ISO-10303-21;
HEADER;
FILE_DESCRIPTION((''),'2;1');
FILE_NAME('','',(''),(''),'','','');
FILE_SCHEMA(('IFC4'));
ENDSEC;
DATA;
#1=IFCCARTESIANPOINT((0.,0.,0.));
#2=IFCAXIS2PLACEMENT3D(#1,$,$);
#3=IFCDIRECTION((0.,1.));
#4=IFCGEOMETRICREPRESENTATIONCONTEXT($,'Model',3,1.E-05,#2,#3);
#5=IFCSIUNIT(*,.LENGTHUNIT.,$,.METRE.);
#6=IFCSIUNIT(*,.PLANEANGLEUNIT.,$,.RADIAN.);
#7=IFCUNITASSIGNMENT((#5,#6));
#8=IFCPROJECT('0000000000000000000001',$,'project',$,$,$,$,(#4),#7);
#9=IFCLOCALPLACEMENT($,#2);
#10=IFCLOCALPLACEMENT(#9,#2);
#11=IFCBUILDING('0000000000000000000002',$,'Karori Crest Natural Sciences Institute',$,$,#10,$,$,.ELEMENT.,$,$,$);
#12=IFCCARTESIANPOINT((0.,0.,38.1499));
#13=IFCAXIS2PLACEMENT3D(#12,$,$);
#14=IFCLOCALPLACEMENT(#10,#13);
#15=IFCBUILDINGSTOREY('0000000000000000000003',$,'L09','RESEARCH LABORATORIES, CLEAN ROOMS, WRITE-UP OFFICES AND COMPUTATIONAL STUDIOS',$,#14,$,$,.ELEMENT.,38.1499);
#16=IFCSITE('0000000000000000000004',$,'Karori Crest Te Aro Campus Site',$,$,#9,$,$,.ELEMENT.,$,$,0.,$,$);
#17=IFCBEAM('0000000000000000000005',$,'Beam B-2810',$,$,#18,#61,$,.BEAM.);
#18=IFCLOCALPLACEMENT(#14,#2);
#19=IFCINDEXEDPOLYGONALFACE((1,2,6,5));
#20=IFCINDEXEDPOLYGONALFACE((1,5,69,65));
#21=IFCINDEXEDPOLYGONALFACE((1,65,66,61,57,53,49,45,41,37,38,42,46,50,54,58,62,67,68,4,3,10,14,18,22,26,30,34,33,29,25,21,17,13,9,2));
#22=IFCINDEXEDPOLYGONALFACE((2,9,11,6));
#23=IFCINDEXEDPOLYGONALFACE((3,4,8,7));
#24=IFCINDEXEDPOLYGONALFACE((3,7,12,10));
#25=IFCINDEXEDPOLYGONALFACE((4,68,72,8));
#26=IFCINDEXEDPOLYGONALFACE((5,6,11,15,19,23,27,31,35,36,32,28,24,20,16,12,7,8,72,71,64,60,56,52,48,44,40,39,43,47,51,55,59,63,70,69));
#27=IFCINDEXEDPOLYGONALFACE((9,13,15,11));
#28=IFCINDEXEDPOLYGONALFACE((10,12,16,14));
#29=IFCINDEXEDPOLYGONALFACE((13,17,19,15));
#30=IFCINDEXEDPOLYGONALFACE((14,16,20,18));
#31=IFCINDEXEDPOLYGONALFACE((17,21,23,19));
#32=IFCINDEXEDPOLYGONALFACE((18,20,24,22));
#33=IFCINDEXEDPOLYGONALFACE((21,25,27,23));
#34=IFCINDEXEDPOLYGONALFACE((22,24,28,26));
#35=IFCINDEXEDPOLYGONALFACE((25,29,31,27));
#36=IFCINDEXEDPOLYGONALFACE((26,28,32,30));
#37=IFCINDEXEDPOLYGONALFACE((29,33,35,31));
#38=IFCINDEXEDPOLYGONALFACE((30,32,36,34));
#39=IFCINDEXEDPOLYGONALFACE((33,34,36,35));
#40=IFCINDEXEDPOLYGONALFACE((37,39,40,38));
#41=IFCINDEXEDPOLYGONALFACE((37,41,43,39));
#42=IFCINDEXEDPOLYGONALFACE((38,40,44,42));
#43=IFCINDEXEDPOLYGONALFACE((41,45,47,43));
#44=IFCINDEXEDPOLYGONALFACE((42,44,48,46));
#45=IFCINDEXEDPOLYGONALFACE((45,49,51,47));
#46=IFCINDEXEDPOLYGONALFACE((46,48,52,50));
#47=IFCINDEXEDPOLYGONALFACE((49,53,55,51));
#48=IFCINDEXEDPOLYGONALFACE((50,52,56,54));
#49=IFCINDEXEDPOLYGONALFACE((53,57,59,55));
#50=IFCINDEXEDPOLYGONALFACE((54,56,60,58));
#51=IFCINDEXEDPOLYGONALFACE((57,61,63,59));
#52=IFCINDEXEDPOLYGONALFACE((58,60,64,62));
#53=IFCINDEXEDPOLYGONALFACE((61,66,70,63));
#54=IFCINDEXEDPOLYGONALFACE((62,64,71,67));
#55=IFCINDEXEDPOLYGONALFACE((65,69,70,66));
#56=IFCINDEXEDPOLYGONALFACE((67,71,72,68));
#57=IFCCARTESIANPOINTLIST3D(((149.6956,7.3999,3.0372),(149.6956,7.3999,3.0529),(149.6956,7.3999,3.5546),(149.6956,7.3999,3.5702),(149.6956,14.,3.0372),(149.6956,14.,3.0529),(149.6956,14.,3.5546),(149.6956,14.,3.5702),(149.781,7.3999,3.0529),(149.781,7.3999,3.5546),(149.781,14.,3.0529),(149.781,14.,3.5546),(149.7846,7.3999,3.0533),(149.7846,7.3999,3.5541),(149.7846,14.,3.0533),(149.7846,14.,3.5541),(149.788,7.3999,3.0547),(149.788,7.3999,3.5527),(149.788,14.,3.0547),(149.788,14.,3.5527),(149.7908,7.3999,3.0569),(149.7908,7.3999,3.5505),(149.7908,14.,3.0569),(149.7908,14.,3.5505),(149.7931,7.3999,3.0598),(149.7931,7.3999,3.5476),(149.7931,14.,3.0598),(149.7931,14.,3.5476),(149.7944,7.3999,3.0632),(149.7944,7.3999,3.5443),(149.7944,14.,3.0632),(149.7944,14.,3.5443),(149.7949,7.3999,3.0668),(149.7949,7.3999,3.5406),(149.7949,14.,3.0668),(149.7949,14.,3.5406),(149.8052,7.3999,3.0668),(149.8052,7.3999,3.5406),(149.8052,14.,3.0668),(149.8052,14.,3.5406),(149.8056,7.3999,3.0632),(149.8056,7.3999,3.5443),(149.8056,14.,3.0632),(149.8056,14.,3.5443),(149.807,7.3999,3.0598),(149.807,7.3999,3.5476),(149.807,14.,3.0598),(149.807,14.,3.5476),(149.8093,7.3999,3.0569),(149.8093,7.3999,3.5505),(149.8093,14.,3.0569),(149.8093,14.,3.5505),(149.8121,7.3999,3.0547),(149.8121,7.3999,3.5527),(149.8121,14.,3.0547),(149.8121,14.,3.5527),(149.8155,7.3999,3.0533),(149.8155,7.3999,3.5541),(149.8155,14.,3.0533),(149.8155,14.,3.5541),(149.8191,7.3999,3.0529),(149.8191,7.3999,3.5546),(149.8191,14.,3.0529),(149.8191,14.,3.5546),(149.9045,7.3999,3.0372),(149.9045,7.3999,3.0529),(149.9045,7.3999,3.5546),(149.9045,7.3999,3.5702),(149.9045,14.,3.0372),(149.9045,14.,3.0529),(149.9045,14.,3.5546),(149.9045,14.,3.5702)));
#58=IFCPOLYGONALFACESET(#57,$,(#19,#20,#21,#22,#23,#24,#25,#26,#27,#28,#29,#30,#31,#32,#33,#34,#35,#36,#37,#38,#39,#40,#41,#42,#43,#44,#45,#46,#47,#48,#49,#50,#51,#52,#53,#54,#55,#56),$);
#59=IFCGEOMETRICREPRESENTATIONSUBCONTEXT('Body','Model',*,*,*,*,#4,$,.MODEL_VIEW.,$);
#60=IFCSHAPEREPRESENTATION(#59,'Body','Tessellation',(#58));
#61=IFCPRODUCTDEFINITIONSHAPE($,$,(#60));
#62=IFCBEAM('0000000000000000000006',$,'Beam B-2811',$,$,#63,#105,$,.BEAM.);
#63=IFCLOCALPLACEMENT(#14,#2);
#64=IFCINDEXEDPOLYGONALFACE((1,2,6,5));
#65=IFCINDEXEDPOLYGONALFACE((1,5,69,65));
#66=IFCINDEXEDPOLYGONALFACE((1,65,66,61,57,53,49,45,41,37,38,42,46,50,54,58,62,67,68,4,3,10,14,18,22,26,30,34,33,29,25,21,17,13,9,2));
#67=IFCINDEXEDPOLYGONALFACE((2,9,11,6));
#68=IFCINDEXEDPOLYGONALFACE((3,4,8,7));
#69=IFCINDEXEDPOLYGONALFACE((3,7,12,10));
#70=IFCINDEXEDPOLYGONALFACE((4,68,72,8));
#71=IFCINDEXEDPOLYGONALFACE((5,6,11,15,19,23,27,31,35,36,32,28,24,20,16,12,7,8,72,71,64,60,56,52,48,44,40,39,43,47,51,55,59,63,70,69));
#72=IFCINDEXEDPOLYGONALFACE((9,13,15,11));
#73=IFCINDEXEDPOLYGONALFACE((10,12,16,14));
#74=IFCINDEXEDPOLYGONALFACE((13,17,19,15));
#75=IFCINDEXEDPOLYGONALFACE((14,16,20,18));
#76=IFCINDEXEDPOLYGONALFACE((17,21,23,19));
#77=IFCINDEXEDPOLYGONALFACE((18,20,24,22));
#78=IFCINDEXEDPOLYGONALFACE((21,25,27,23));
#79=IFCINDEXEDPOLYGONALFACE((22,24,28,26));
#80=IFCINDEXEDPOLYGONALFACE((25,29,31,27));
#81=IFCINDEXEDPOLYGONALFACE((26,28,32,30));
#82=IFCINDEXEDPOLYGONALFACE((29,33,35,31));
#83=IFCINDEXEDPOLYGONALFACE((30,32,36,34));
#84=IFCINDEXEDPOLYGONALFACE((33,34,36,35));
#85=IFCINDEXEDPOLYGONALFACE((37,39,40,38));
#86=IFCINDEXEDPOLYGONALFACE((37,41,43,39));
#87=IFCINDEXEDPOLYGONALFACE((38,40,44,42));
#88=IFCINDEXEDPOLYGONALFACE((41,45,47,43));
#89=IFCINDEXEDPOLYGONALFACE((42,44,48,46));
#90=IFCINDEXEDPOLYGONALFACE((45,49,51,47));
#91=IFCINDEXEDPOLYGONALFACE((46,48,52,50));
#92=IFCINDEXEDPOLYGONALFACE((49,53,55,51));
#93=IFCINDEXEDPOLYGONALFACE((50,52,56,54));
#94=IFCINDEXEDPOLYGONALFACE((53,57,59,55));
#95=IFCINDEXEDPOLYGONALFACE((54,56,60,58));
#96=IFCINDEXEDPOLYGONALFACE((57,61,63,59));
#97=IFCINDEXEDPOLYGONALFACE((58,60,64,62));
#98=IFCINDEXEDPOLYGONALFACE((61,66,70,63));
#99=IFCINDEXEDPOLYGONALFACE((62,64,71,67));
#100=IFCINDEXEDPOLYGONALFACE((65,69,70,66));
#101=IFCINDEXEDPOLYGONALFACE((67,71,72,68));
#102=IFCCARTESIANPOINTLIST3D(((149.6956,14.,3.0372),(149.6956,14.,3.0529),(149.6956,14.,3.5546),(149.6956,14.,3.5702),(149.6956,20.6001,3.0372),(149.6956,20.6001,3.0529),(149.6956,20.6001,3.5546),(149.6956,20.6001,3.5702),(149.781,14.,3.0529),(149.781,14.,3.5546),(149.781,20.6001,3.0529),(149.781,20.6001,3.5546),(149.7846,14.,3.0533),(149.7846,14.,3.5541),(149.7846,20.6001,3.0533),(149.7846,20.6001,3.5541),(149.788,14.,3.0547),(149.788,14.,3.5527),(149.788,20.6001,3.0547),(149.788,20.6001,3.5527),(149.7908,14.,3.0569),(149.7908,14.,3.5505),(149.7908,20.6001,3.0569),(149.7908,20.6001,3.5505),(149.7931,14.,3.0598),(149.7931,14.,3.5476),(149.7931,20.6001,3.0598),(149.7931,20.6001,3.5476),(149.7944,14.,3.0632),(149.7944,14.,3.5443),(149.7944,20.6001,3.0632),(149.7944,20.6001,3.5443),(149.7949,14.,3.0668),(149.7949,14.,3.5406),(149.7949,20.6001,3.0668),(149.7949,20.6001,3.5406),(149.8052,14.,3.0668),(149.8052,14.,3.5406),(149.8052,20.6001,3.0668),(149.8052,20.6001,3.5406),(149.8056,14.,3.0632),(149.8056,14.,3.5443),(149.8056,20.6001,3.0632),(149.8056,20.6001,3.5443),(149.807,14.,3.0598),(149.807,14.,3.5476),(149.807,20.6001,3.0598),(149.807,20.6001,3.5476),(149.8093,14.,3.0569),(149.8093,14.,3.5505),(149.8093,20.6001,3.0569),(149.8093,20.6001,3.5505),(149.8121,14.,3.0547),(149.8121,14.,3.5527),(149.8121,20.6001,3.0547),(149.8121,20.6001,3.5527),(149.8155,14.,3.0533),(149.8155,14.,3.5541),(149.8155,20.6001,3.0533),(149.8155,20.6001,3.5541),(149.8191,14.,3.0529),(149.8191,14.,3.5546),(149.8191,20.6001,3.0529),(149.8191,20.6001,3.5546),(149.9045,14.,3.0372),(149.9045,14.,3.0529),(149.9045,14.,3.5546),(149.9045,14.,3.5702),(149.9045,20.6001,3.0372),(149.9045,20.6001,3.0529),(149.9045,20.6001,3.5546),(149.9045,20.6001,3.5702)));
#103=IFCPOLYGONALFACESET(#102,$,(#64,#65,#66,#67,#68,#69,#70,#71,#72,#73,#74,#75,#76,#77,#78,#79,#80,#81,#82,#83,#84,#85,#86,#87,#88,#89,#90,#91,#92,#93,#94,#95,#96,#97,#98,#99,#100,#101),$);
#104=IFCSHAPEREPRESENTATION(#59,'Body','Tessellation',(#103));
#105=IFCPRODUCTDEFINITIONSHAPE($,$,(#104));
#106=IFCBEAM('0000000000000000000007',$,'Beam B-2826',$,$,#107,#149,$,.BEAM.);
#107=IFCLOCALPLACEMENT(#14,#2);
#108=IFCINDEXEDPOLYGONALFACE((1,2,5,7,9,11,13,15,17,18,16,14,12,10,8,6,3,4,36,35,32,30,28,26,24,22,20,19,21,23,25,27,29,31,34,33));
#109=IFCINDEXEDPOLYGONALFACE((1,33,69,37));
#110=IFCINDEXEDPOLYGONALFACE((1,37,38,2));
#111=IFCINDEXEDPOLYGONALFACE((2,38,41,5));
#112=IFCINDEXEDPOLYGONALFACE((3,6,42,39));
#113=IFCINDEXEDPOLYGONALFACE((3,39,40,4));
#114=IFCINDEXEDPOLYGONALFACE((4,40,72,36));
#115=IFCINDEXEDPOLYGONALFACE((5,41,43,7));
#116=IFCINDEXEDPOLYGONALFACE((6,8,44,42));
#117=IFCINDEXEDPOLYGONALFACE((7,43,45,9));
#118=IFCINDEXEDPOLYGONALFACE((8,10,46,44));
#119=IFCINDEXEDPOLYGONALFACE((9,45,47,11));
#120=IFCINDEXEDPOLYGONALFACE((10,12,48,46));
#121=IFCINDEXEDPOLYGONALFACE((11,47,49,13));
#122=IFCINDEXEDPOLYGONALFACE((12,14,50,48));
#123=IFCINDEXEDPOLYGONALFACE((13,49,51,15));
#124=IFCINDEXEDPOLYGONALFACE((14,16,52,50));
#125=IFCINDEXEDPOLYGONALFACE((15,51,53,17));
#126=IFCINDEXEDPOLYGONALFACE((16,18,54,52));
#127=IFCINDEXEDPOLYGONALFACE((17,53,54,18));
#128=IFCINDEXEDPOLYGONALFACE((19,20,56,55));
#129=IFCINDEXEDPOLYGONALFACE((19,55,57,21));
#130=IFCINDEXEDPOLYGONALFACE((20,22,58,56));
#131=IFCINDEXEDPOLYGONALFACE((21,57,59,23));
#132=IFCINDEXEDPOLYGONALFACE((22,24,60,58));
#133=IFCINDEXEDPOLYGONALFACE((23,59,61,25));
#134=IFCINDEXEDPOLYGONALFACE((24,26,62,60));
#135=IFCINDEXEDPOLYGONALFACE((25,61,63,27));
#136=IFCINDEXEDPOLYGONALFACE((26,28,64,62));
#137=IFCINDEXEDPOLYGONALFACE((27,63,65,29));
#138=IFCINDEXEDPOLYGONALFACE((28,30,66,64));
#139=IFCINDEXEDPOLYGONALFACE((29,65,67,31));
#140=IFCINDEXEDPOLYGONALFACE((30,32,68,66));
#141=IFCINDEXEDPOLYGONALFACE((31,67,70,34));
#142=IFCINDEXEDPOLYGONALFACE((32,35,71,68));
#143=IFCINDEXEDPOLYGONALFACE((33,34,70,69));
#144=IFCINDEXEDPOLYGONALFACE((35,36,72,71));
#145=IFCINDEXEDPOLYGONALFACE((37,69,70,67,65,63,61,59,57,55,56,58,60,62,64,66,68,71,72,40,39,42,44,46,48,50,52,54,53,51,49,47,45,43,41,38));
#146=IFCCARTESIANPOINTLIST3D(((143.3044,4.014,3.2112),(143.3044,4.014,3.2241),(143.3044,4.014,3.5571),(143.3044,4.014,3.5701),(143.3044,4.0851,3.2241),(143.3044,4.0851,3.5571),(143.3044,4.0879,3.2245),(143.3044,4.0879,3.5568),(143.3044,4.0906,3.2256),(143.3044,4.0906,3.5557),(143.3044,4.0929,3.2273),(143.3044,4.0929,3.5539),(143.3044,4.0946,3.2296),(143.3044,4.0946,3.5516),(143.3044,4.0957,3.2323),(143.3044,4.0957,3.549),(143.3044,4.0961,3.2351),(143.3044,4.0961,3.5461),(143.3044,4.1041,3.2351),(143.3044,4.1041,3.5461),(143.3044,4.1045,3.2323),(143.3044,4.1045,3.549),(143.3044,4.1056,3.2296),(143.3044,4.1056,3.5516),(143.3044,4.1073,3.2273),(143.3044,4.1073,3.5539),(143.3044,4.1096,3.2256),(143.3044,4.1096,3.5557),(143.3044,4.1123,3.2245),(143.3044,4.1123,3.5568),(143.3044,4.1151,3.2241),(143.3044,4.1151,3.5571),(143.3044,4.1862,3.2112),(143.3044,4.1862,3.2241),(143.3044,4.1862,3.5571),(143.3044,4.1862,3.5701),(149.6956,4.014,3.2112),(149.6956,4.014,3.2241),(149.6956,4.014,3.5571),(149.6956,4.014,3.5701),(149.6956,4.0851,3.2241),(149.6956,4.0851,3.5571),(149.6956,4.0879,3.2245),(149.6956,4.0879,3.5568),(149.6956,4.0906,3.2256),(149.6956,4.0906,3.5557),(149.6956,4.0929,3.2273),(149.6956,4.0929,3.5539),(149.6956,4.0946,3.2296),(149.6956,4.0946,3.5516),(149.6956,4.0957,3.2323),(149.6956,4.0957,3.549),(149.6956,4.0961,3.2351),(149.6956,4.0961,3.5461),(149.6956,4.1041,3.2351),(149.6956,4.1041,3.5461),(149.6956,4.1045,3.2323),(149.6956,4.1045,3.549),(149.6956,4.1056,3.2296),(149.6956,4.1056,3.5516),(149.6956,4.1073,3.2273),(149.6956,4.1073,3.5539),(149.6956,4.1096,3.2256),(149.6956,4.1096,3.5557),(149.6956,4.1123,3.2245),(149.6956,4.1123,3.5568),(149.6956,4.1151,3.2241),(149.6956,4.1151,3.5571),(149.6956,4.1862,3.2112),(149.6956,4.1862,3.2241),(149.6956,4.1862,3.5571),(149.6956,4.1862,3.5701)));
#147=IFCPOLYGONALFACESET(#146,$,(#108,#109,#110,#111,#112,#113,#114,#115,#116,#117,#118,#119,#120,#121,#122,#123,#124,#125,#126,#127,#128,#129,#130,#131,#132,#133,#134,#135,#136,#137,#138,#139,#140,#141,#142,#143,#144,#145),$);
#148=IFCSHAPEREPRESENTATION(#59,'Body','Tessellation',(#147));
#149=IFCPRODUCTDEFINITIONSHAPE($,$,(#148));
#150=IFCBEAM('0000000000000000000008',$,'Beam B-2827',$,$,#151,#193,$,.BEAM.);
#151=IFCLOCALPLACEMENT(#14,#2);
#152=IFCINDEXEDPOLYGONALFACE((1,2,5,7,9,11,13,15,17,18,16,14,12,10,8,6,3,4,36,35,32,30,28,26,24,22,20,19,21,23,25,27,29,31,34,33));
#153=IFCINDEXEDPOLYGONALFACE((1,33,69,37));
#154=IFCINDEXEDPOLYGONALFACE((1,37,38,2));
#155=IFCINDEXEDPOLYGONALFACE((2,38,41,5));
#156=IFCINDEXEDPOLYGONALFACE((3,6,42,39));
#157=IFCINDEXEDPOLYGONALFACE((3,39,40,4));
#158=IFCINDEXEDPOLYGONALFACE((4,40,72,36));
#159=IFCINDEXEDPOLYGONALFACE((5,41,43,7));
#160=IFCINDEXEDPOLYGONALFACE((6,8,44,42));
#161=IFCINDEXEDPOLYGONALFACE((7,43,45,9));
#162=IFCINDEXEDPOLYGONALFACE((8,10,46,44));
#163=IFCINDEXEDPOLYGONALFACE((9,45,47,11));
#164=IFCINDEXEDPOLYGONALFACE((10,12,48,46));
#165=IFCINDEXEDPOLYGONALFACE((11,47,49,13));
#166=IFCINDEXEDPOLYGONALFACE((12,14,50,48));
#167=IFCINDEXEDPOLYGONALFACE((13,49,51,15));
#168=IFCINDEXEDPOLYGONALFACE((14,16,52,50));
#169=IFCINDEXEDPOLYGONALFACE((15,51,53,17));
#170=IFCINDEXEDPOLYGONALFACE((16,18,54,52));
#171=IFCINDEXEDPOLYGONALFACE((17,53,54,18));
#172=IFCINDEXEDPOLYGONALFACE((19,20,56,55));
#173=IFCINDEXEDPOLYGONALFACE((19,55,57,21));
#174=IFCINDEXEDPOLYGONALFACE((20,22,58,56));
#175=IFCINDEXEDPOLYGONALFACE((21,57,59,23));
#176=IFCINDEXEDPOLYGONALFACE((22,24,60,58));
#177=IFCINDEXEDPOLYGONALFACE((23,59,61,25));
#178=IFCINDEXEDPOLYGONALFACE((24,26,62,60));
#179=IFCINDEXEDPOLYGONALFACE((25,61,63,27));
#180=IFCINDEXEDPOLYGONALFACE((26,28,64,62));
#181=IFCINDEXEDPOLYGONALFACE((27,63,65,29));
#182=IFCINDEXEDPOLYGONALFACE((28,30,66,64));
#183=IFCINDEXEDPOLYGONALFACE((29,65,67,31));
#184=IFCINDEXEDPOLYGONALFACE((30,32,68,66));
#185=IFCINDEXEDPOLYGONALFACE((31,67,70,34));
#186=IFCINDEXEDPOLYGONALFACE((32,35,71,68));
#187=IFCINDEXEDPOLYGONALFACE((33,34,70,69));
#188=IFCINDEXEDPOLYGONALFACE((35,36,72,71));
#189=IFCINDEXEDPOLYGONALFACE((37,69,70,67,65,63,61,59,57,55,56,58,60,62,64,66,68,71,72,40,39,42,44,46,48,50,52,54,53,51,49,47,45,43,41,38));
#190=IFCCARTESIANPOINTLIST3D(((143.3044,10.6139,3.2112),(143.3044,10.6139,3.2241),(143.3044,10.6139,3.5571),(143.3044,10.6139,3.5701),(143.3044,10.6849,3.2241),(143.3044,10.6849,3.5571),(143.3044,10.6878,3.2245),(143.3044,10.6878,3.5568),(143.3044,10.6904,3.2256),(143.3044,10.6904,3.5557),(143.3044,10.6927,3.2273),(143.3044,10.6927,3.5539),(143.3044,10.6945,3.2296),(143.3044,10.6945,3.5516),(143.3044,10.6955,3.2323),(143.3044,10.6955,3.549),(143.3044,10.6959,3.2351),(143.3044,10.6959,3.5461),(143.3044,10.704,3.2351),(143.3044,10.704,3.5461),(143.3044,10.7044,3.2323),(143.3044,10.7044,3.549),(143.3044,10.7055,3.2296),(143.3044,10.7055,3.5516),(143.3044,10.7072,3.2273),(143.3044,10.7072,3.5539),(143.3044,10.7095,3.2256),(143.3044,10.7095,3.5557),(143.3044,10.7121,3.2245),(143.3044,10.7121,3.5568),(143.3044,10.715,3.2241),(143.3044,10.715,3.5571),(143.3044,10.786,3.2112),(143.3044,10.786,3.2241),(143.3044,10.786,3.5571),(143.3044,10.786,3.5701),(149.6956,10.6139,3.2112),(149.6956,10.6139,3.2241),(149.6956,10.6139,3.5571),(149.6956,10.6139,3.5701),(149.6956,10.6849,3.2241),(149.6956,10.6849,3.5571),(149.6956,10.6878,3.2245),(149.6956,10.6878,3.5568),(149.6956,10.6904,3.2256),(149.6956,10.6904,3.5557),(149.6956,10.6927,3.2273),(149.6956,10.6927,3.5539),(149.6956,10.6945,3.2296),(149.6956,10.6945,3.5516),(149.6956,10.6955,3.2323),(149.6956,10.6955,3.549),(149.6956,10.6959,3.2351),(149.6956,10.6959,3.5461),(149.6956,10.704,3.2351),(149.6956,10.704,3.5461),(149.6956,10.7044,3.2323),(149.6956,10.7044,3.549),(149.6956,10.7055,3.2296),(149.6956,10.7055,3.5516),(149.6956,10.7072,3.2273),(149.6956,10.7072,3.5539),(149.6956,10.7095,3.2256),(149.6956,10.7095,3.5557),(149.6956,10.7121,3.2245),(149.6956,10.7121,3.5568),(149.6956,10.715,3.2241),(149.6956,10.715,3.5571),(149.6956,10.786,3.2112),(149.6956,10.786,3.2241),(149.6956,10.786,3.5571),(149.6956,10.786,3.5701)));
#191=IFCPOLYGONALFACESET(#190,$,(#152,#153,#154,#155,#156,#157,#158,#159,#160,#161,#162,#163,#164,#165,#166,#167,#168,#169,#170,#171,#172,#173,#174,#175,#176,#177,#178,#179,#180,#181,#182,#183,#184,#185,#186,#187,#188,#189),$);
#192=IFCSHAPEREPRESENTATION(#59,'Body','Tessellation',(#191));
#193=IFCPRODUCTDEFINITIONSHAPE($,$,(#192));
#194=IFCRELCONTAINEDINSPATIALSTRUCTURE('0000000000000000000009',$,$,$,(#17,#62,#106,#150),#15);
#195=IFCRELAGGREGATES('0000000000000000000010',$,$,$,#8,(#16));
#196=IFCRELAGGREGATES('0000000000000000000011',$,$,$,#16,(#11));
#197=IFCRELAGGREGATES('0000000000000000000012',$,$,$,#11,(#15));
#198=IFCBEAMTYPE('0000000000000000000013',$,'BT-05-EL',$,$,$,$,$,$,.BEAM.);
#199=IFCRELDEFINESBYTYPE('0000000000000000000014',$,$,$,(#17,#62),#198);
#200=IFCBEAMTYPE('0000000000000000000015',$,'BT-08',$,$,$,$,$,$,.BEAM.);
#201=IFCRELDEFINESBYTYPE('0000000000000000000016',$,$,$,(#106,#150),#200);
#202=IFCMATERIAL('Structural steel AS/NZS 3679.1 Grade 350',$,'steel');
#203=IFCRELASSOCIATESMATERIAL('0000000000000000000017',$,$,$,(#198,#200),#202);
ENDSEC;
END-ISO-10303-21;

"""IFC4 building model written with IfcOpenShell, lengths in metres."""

from ifc_helpers import new_model, si_unit, direction, frame, origin, origin_2d, place, context, subcontext, project, spatial, i_section, extrude, material, material_profile, profile_set, type_object, element, save


model = new_model("IFC4")

# Units and contexts
model_context = context("Model", 3, precision=1e-05, world=origin(), true_north=direction((0.0, 1.0)))
body_context = subcontext(model_context, "Body", "Model", "MODEL_VIEW")
ifc_project = project(units=[si_unit("LENGTHUNIT", "METRE"), si_unit("PLANEANGLEUNIT", "RADIAN")], contexts=[model_context])

# Site, building, storey
site_placement = place(None, origin())
site = spatial("IfcSite", under=ifc_project, at=site_placement, Name="Karori Crest Te Aro Campus Site", CompositionType="ELEMENT", RefElevation=0.0)
building_placement = place(site_placement, origin())
building = spatial("IfcBuilding", under=site, at=building_placement, Name="Karori Crest Natural Sciences Institute", CompositionType="ELEMENT")
storey_placement = place(building_placement, frame((0.0, 0.0, 38.1499)))
storey = spatial("IfcBuildingStorey", under=building, at=storey_placement, Name="L09", Description="RESEARCH LABORATORIES, CLEAN ROOMS, WRITE-UP OFFICES AND COMPUTATIONAL STUDIOS", CompositionType="ELEMENT", Elevation=38.1499)

# Shared definitions
ifc_material_1 = material(Name="Structural steel AS/NZS 3679.1 Grade 350", Category="steel")

# Beams
ifc_material_profile_1 = material_profile(ifc_material_1, i_section(OverallWidth=0.209, OverallDepth=0.533, WebThickness=0.0103, FlangeThickness=0.0156, FilletRadius=0.0139, at=origin_2d()), Name="530UB92.4")
ifc_profile_set_1 = profile_set([ifc_material_profile_1], Name="Structural steel AS/NZS 3679.1 Grade 350")
beam_type_1 = type_object("IfcBeamType", Name="BT-05-EL", PredefinedType="BEAM", material=ifc_profile_set_1)
for number, where, z_axis, x_axis, name in (
    (1, (149.8, 7.3999, 3.3037), (0.0, 1.0, 0.0), (-1.0, 0.0, 0.0), "Beam B-2810"),
    (2, (149.8, 14.0, 3.3037), (0.0, 1.0, 0.0), (-1.0, 0.0, 0.0), "Beam B-2811"),
):
    element("IfcBeam", number, at=place(storey_placement, frame(where, z_axis=z_axis, x_axis=x_axis)), inside=storey, type_object=beam_type_1, Name=name, PredefinedType="BEAM", context=body_context, shape_type="SweptSolid", body=[
        extrude(i_section(OverallWidth=0.209, OverallDepth=0.533, WebThickness=0.0103, FlangeThickness=0.0156, FilletRadius=0.0139, at=origin_2d()), origin(), (0.0, 0.0, 1.0), 6.6001),
    ])
ifc_material_profile_2 = material_profile(ifc_material_1, i_section(OverallWidth=0.1721, OverallDepth=0.3589, WebThickness=0.0081, FlangeThickness=0.0129, FilletRadius=0.011, at=origin_2d()), Name="360UB56.7")
ifc_profile_set_2 = profile_set([ifc_material_profile_2], Name="Structural steel AS/NZS 3679.1 Grade 350")
beam_type_2 = type_object("IfcBeamType", Name="BT-08", PredefinedType="BEAM", material=ifc_profile_set_2)
for number, where, z_axis, x_axis, name in (
    (3, (143.3044, 4.1001, 3.3906), (1.0, 0.0, 0.0), (0.0, 1.0, 0.0), "Beam B-2826"),
    (4, (143.3044, 10.7, 3.3906), (1.0, 0.0, 0.0), (0.0, 1.0, 0.0), "Beam B-2827"),
):
    element("IfcBeam", number, at=place(storey_placement, frame(where, z_axis=z_axis, x_axis=x_axis)), inside=storey, type_object=beam_type_2, Name=name, PredefinedType="BEAM", context=body_context, shape_type="SweptSolid", body=[
        extrude(i_section(OverallWidth=0.1721, OverallDepth=0.3589, WebThickness=0.0081, FlangeThickness=0.0129, FilletRadius=0.011, at=origin_2d()), origin(), (0.0, 0.0, 1.0), 6.3911),
    ])

save(model, "model.ifc")
